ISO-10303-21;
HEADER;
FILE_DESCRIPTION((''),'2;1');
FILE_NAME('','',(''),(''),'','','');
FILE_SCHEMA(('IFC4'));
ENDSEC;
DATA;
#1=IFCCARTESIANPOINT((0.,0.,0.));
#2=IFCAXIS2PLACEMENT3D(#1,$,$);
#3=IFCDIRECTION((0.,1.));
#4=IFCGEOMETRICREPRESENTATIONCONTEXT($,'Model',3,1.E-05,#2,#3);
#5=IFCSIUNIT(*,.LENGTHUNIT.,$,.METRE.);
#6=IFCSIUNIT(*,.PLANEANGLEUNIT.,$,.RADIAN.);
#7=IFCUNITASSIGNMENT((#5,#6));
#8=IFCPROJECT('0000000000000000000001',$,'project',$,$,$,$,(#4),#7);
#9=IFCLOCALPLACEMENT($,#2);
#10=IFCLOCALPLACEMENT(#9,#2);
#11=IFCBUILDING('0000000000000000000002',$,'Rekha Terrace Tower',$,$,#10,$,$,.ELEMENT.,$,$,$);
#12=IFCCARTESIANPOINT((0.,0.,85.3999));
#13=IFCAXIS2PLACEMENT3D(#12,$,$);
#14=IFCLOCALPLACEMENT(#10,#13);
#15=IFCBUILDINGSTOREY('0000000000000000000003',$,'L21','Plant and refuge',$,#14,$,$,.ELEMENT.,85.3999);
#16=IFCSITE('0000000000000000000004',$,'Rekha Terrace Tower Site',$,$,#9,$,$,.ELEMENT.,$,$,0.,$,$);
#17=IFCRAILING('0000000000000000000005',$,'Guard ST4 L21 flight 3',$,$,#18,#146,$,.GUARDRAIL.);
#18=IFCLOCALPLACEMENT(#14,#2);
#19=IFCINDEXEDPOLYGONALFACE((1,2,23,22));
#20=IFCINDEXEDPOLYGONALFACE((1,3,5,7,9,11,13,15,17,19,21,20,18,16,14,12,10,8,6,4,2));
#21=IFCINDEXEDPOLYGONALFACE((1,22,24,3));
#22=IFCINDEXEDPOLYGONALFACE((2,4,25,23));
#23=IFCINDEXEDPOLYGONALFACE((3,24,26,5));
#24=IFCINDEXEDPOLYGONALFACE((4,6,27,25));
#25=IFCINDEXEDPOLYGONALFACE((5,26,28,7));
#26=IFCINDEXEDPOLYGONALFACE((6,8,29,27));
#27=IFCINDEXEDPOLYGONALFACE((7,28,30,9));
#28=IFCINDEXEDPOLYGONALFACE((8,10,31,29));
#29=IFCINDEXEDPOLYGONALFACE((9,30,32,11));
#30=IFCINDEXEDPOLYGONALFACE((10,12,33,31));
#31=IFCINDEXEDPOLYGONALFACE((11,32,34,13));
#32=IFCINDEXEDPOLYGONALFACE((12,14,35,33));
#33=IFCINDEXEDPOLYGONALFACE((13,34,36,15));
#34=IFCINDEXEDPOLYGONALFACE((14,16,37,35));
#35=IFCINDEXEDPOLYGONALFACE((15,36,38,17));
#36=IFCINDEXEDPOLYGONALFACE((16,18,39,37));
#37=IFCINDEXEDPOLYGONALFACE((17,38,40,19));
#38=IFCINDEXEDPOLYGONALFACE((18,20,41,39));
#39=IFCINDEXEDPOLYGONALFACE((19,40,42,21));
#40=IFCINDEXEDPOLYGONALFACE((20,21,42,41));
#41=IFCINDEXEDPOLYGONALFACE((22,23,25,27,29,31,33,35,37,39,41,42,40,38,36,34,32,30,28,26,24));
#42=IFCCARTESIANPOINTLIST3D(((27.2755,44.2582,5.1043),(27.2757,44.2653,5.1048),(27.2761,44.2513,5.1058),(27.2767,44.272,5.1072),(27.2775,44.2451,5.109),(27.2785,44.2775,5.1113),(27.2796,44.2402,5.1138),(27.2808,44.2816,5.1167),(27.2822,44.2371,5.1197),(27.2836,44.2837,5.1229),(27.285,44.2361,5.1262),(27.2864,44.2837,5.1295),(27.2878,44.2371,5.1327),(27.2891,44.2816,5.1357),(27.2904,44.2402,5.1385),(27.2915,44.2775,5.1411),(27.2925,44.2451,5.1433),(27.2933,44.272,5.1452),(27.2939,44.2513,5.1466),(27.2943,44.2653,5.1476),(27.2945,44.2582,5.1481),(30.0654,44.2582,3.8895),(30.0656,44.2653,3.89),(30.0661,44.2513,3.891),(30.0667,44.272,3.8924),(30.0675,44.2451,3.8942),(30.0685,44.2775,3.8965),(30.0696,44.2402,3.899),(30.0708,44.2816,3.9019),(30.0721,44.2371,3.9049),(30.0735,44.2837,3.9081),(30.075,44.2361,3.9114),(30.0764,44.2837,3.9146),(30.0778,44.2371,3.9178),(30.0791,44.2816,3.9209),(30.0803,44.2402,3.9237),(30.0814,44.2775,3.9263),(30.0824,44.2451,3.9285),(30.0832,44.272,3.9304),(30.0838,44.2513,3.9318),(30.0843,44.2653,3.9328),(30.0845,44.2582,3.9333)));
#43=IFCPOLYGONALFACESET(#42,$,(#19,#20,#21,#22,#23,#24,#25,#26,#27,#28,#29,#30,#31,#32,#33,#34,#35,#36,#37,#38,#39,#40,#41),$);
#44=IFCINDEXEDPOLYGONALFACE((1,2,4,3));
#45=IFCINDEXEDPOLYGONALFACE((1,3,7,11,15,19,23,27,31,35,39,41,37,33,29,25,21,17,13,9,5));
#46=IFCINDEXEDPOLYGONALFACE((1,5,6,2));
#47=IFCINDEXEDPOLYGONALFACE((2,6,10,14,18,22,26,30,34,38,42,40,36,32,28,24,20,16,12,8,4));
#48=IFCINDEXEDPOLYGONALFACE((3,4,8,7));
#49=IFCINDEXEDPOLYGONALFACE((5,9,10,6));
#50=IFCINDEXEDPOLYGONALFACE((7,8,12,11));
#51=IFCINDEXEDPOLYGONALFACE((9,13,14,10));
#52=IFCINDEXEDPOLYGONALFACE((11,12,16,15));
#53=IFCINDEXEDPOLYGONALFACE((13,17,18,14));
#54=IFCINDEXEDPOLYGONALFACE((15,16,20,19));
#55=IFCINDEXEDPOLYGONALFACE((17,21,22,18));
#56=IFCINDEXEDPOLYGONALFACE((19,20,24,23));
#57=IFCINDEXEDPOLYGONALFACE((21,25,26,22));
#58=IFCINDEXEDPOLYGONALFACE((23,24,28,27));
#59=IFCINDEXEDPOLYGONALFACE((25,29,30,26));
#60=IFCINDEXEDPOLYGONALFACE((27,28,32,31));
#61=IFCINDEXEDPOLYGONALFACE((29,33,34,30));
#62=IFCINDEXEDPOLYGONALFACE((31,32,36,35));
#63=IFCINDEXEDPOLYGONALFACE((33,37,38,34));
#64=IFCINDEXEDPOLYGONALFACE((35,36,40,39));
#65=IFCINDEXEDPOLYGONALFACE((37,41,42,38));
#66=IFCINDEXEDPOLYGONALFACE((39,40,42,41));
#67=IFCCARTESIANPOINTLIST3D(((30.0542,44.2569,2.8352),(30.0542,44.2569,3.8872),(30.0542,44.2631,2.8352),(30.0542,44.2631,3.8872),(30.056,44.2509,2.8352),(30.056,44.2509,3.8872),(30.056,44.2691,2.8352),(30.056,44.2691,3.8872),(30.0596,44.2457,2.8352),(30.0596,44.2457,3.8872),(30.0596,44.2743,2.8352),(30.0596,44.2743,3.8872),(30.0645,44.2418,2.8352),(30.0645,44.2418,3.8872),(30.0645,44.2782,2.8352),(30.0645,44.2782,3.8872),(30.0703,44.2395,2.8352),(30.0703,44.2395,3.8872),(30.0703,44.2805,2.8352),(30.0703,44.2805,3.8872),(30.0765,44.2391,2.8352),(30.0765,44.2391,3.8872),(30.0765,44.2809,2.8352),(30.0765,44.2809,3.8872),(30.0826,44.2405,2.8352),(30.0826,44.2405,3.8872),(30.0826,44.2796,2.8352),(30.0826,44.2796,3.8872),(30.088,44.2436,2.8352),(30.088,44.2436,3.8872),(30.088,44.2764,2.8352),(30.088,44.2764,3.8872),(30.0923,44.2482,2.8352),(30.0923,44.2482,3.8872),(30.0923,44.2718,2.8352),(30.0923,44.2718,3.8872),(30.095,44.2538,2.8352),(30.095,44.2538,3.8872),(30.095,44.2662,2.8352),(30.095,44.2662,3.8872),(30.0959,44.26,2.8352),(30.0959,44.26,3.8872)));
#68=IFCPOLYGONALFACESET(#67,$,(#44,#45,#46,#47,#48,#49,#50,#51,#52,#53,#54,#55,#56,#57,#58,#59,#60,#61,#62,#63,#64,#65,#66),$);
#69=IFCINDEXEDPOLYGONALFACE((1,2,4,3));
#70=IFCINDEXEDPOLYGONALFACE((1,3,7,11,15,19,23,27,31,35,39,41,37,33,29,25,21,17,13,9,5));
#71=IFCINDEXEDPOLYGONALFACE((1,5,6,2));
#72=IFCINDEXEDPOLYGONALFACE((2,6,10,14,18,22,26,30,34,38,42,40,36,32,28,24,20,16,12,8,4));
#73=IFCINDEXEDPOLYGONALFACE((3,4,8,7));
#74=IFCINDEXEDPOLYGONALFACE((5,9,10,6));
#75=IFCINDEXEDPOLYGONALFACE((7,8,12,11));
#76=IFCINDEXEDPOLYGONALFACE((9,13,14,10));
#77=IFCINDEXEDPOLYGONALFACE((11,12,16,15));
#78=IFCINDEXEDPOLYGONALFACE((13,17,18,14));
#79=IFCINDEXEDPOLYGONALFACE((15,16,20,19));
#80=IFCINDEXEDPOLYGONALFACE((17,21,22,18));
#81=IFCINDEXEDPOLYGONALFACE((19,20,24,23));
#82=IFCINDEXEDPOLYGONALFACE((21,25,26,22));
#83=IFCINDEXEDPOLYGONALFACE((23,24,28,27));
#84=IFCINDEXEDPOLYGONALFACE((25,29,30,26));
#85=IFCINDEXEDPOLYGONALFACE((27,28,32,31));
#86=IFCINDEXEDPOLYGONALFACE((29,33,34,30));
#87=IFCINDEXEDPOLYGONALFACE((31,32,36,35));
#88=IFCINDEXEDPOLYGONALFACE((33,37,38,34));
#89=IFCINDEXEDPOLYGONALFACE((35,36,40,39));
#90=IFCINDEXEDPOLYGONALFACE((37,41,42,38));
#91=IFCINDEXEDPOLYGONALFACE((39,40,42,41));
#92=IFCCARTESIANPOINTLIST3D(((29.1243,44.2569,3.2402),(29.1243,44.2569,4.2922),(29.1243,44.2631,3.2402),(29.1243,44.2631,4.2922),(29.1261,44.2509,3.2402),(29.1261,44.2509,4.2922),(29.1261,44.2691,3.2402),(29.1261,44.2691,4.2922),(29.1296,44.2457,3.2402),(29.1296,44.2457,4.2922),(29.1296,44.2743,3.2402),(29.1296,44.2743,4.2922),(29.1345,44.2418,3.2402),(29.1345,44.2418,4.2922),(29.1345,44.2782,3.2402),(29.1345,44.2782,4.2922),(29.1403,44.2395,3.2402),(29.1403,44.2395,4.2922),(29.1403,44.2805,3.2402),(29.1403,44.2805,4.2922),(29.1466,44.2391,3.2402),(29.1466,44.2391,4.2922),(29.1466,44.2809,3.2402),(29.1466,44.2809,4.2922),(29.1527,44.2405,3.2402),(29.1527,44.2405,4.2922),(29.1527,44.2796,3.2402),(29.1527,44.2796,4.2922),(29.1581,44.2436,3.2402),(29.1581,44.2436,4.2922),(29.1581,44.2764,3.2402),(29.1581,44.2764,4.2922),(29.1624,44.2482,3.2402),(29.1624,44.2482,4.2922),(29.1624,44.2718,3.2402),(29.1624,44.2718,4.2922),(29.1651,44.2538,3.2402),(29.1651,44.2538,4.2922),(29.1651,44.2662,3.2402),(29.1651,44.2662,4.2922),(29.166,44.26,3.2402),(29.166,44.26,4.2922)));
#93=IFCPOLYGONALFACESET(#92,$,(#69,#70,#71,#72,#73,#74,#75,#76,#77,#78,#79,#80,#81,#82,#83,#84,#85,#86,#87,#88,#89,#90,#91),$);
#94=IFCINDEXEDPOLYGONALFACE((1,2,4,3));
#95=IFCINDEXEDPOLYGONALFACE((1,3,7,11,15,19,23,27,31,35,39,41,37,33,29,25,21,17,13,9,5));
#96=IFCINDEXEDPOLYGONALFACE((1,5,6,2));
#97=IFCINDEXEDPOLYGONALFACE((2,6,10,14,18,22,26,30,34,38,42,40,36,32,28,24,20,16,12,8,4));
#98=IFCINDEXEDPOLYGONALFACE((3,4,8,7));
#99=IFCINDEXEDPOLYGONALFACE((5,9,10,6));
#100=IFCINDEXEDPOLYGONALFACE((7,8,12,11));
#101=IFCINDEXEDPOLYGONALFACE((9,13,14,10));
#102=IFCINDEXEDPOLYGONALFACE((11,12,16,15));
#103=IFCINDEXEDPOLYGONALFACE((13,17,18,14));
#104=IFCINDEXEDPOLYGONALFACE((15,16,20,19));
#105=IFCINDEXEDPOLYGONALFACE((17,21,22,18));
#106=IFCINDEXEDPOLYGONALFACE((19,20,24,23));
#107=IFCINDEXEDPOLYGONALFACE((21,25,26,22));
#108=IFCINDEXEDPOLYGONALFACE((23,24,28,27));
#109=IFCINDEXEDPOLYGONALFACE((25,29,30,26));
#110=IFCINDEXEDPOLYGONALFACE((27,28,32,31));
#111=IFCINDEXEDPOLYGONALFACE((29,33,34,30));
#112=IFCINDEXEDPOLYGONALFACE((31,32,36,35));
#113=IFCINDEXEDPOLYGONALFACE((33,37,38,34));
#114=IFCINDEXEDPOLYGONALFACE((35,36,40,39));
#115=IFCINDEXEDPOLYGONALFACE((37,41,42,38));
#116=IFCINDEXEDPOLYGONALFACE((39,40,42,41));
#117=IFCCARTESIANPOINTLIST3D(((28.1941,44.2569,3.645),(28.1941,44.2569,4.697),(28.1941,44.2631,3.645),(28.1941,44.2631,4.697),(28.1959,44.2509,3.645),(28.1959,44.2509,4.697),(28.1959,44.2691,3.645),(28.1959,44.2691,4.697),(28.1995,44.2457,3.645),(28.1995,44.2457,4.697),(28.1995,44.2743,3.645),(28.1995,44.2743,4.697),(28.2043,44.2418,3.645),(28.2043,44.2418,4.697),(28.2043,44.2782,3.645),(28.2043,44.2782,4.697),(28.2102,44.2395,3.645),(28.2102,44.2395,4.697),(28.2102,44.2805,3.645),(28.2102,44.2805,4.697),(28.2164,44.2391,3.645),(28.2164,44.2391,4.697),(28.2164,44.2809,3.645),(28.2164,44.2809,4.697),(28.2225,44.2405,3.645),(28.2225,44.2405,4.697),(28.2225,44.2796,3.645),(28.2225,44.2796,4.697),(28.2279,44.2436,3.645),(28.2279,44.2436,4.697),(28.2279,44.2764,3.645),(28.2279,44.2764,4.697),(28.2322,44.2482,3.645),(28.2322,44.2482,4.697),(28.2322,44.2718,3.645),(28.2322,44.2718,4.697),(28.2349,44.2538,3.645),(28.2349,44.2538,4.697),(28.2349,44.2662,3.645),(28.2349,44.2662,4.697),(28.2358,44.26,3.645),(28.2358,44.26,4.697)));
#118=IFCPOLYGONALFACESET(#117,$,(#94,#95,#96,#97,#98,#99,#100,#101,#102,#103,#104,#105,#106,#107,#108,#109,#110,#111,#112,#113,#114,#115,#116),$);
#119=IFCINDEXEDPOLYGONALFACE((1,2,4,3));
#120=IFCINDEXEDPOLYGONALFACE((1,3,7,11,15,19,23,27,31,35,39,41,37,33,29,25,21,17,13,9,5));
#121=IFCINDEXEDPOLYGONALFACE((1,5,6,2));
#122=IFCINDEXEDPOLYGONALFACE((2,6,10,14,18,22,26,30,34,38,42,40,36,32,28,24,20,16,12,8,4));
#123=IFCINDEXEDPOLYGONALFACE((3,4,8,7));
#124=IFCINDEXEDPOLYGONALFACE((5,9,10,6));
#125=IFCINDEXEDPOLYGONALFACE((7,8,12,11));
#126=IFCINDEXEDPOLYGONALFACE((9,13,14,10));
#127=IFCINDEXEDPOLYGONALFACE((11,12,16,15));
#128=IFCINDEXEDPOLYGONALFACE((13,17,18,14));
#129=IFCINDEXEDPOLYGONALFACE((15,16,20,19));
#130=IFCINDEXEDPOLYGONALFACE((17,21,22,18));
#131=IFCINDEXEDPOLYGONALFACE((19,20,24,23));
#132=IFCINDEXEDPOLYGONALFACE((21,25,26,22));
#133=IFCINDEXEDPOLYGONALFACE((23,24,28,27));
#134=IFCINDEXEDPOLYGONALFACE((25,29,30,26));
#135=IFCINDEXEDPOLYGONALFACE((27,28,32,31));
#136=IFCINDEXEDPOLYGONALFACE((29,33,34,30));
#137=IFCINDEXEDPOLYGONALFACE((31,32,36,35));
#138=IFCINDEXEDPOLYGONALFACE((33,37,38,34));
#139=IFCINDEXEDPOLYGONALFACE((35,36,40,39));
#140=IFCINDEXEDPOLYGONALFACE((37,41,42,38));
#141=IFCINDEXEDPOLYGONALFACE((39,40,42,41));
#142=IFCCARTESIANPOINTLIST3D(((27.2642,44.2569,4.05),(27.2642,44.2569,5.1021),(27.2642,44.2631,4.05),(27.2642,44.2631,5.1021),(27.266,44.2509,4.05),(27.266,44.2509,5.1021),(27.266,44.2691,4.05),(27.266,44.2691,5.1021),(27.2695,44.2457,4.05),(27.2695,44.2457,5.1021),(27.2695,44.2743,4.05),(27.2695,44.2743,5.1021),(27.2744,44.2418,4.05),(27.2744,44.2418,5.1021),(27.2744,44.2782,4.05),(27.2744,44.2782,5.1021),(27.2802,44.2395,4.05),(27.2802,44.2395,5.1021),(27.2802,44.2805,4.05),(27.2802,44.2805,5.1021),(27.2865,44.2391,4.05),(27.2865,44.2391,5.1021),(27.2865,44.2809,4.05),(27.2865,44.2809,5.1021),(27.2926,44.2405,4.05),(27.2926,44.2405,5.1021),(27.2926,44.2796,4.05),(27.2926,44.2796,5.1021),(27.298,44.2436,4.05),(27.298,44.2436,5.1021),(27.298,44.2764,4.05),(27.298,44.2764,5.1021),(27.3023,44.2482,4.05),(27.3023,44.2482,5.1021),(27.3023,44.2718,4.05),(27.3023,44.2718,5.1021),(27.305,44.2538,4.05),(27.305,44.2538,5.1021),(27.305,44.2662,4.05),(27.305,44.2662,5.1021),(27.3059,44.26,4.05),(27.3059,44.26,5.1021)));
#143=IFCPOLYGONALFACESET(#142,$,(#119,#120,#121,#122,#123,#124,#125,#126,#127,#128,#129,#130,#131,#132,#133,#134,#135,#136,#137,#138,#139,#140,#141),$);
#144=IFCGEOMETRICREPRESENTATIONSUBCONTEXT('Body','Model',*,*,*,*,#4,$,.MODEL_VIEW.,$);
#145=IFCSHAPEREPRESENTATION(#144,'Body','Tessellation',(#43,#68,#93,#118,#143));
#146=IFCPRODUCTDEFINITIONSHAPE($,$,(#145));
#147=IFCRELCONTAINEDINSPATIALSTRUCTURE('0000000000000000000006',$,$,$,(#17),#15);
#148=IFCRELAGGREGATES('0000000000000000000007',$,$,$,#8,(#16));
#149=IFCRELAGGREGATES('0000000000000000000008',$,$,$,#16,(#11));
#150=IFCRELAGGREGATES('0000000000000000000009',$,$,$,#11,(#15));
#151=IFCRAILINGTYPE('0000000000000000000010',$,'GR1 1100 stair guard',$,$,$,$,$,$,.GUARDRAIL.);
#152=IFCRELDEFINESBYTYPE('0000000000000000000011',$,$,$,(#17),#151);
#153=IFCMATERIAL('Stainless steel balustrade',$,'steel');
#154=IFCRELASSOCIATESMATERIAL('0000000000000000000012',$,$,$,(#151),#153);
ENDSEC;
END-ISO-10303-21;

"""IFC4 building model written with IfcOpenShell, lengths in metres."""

from ifc_helpers import new_model, si_unit, direction, frame, origin, origin_2d, place, context, subcontext, project, spatial, circle, extrude, material, type_object, element, save


model = new_model("IFC4")

# Units and contexts
model_context = context("Model", 3, precision=1e-05, world=origin(), true_north=direction((0.0, 1.0)))
body_context = subcontext(model_context, "Body", "Model", "MODEL_VIEW")
ifc_project = project(units=[si_unit("LENGTHUNIT", "METRE"), si_unit("PLANEANGLEUNIT", "RADIAN")], contexts=[model_context])

# Site, building, storey
site_placement = place(None, origin())
site = spatial("IfcSite", under=ifc_project, at=site_placement, Name="Rekha Terrace Tower Site", CompositionType="ELEMENT", RefElevation=0.0)
building_placement = place(site_placement, origin())
building = spatial("IfcBuilding", under=site, at=building_placement, Name="Rekha Terrace Tower", CompositionType="ELEMENT")
storey_placement = place(building_placement, frame((0.0, 0.0, 85.3999)))
storey = spatial("IfcBuildingStorey", under=building, at=storey_placement, Name="L21", Description="Plant and refuge", CompositionType="ELEMENT", Elevation=85.3999)

# Railing
ifc_material_1 = material(Name="Stainless steel balustrade", Category="steel")
railing_type_1 = type_object("IfcRailingType", Name="GR1 1100 stair guard", PredefinedType="GUARDRAIL", material=ifc_material_1)
railing_1_placement = place(storey_placement, frame((30.075, 44.26, 2.8352)))
element("IfcRailing", 1, at=railing_1_placement, inside=storey, type_object=railing_type_1, Name="Guard ST4 L21 flight 3", PredefinedType="GUARDRAIL", context=body_context, shape_type="SweptSolid", body=[
    extrude(circle(Radius=0.0239, at=origin_2d()), frame((0.0, 0.0, 1.0762), z_axis=(-0.916856, 0.0, 0.399219), x_axis=(0.0, -1.0, 0.0)), (0.0, 0.0, 1.0), 3.043),
    extrude(circle(Radius=0.021, at=origin_2d()), origin(), (0.0, 0.0, 1.0), 1.052),
    extrude(circle(Radius=0.021, at=origin_2d()), frame((-0.9299, 0.0, 0.405)), (0.0, 0.0, 1.0), 1.052),
    extrude(circle(Radius=0.021, at=origin_2d()), frame((-1.8601, 0.0, 0.8098)), (0.0, 0.0, 1.0), 1.052),
    extrude(circle(Radius=0.021, at=origin_2d()), frame((-2.79, 0.0, 1.2148)), (0.0, 0.0, 1.0), 1.052),
])

save(model, "model.ifc")
